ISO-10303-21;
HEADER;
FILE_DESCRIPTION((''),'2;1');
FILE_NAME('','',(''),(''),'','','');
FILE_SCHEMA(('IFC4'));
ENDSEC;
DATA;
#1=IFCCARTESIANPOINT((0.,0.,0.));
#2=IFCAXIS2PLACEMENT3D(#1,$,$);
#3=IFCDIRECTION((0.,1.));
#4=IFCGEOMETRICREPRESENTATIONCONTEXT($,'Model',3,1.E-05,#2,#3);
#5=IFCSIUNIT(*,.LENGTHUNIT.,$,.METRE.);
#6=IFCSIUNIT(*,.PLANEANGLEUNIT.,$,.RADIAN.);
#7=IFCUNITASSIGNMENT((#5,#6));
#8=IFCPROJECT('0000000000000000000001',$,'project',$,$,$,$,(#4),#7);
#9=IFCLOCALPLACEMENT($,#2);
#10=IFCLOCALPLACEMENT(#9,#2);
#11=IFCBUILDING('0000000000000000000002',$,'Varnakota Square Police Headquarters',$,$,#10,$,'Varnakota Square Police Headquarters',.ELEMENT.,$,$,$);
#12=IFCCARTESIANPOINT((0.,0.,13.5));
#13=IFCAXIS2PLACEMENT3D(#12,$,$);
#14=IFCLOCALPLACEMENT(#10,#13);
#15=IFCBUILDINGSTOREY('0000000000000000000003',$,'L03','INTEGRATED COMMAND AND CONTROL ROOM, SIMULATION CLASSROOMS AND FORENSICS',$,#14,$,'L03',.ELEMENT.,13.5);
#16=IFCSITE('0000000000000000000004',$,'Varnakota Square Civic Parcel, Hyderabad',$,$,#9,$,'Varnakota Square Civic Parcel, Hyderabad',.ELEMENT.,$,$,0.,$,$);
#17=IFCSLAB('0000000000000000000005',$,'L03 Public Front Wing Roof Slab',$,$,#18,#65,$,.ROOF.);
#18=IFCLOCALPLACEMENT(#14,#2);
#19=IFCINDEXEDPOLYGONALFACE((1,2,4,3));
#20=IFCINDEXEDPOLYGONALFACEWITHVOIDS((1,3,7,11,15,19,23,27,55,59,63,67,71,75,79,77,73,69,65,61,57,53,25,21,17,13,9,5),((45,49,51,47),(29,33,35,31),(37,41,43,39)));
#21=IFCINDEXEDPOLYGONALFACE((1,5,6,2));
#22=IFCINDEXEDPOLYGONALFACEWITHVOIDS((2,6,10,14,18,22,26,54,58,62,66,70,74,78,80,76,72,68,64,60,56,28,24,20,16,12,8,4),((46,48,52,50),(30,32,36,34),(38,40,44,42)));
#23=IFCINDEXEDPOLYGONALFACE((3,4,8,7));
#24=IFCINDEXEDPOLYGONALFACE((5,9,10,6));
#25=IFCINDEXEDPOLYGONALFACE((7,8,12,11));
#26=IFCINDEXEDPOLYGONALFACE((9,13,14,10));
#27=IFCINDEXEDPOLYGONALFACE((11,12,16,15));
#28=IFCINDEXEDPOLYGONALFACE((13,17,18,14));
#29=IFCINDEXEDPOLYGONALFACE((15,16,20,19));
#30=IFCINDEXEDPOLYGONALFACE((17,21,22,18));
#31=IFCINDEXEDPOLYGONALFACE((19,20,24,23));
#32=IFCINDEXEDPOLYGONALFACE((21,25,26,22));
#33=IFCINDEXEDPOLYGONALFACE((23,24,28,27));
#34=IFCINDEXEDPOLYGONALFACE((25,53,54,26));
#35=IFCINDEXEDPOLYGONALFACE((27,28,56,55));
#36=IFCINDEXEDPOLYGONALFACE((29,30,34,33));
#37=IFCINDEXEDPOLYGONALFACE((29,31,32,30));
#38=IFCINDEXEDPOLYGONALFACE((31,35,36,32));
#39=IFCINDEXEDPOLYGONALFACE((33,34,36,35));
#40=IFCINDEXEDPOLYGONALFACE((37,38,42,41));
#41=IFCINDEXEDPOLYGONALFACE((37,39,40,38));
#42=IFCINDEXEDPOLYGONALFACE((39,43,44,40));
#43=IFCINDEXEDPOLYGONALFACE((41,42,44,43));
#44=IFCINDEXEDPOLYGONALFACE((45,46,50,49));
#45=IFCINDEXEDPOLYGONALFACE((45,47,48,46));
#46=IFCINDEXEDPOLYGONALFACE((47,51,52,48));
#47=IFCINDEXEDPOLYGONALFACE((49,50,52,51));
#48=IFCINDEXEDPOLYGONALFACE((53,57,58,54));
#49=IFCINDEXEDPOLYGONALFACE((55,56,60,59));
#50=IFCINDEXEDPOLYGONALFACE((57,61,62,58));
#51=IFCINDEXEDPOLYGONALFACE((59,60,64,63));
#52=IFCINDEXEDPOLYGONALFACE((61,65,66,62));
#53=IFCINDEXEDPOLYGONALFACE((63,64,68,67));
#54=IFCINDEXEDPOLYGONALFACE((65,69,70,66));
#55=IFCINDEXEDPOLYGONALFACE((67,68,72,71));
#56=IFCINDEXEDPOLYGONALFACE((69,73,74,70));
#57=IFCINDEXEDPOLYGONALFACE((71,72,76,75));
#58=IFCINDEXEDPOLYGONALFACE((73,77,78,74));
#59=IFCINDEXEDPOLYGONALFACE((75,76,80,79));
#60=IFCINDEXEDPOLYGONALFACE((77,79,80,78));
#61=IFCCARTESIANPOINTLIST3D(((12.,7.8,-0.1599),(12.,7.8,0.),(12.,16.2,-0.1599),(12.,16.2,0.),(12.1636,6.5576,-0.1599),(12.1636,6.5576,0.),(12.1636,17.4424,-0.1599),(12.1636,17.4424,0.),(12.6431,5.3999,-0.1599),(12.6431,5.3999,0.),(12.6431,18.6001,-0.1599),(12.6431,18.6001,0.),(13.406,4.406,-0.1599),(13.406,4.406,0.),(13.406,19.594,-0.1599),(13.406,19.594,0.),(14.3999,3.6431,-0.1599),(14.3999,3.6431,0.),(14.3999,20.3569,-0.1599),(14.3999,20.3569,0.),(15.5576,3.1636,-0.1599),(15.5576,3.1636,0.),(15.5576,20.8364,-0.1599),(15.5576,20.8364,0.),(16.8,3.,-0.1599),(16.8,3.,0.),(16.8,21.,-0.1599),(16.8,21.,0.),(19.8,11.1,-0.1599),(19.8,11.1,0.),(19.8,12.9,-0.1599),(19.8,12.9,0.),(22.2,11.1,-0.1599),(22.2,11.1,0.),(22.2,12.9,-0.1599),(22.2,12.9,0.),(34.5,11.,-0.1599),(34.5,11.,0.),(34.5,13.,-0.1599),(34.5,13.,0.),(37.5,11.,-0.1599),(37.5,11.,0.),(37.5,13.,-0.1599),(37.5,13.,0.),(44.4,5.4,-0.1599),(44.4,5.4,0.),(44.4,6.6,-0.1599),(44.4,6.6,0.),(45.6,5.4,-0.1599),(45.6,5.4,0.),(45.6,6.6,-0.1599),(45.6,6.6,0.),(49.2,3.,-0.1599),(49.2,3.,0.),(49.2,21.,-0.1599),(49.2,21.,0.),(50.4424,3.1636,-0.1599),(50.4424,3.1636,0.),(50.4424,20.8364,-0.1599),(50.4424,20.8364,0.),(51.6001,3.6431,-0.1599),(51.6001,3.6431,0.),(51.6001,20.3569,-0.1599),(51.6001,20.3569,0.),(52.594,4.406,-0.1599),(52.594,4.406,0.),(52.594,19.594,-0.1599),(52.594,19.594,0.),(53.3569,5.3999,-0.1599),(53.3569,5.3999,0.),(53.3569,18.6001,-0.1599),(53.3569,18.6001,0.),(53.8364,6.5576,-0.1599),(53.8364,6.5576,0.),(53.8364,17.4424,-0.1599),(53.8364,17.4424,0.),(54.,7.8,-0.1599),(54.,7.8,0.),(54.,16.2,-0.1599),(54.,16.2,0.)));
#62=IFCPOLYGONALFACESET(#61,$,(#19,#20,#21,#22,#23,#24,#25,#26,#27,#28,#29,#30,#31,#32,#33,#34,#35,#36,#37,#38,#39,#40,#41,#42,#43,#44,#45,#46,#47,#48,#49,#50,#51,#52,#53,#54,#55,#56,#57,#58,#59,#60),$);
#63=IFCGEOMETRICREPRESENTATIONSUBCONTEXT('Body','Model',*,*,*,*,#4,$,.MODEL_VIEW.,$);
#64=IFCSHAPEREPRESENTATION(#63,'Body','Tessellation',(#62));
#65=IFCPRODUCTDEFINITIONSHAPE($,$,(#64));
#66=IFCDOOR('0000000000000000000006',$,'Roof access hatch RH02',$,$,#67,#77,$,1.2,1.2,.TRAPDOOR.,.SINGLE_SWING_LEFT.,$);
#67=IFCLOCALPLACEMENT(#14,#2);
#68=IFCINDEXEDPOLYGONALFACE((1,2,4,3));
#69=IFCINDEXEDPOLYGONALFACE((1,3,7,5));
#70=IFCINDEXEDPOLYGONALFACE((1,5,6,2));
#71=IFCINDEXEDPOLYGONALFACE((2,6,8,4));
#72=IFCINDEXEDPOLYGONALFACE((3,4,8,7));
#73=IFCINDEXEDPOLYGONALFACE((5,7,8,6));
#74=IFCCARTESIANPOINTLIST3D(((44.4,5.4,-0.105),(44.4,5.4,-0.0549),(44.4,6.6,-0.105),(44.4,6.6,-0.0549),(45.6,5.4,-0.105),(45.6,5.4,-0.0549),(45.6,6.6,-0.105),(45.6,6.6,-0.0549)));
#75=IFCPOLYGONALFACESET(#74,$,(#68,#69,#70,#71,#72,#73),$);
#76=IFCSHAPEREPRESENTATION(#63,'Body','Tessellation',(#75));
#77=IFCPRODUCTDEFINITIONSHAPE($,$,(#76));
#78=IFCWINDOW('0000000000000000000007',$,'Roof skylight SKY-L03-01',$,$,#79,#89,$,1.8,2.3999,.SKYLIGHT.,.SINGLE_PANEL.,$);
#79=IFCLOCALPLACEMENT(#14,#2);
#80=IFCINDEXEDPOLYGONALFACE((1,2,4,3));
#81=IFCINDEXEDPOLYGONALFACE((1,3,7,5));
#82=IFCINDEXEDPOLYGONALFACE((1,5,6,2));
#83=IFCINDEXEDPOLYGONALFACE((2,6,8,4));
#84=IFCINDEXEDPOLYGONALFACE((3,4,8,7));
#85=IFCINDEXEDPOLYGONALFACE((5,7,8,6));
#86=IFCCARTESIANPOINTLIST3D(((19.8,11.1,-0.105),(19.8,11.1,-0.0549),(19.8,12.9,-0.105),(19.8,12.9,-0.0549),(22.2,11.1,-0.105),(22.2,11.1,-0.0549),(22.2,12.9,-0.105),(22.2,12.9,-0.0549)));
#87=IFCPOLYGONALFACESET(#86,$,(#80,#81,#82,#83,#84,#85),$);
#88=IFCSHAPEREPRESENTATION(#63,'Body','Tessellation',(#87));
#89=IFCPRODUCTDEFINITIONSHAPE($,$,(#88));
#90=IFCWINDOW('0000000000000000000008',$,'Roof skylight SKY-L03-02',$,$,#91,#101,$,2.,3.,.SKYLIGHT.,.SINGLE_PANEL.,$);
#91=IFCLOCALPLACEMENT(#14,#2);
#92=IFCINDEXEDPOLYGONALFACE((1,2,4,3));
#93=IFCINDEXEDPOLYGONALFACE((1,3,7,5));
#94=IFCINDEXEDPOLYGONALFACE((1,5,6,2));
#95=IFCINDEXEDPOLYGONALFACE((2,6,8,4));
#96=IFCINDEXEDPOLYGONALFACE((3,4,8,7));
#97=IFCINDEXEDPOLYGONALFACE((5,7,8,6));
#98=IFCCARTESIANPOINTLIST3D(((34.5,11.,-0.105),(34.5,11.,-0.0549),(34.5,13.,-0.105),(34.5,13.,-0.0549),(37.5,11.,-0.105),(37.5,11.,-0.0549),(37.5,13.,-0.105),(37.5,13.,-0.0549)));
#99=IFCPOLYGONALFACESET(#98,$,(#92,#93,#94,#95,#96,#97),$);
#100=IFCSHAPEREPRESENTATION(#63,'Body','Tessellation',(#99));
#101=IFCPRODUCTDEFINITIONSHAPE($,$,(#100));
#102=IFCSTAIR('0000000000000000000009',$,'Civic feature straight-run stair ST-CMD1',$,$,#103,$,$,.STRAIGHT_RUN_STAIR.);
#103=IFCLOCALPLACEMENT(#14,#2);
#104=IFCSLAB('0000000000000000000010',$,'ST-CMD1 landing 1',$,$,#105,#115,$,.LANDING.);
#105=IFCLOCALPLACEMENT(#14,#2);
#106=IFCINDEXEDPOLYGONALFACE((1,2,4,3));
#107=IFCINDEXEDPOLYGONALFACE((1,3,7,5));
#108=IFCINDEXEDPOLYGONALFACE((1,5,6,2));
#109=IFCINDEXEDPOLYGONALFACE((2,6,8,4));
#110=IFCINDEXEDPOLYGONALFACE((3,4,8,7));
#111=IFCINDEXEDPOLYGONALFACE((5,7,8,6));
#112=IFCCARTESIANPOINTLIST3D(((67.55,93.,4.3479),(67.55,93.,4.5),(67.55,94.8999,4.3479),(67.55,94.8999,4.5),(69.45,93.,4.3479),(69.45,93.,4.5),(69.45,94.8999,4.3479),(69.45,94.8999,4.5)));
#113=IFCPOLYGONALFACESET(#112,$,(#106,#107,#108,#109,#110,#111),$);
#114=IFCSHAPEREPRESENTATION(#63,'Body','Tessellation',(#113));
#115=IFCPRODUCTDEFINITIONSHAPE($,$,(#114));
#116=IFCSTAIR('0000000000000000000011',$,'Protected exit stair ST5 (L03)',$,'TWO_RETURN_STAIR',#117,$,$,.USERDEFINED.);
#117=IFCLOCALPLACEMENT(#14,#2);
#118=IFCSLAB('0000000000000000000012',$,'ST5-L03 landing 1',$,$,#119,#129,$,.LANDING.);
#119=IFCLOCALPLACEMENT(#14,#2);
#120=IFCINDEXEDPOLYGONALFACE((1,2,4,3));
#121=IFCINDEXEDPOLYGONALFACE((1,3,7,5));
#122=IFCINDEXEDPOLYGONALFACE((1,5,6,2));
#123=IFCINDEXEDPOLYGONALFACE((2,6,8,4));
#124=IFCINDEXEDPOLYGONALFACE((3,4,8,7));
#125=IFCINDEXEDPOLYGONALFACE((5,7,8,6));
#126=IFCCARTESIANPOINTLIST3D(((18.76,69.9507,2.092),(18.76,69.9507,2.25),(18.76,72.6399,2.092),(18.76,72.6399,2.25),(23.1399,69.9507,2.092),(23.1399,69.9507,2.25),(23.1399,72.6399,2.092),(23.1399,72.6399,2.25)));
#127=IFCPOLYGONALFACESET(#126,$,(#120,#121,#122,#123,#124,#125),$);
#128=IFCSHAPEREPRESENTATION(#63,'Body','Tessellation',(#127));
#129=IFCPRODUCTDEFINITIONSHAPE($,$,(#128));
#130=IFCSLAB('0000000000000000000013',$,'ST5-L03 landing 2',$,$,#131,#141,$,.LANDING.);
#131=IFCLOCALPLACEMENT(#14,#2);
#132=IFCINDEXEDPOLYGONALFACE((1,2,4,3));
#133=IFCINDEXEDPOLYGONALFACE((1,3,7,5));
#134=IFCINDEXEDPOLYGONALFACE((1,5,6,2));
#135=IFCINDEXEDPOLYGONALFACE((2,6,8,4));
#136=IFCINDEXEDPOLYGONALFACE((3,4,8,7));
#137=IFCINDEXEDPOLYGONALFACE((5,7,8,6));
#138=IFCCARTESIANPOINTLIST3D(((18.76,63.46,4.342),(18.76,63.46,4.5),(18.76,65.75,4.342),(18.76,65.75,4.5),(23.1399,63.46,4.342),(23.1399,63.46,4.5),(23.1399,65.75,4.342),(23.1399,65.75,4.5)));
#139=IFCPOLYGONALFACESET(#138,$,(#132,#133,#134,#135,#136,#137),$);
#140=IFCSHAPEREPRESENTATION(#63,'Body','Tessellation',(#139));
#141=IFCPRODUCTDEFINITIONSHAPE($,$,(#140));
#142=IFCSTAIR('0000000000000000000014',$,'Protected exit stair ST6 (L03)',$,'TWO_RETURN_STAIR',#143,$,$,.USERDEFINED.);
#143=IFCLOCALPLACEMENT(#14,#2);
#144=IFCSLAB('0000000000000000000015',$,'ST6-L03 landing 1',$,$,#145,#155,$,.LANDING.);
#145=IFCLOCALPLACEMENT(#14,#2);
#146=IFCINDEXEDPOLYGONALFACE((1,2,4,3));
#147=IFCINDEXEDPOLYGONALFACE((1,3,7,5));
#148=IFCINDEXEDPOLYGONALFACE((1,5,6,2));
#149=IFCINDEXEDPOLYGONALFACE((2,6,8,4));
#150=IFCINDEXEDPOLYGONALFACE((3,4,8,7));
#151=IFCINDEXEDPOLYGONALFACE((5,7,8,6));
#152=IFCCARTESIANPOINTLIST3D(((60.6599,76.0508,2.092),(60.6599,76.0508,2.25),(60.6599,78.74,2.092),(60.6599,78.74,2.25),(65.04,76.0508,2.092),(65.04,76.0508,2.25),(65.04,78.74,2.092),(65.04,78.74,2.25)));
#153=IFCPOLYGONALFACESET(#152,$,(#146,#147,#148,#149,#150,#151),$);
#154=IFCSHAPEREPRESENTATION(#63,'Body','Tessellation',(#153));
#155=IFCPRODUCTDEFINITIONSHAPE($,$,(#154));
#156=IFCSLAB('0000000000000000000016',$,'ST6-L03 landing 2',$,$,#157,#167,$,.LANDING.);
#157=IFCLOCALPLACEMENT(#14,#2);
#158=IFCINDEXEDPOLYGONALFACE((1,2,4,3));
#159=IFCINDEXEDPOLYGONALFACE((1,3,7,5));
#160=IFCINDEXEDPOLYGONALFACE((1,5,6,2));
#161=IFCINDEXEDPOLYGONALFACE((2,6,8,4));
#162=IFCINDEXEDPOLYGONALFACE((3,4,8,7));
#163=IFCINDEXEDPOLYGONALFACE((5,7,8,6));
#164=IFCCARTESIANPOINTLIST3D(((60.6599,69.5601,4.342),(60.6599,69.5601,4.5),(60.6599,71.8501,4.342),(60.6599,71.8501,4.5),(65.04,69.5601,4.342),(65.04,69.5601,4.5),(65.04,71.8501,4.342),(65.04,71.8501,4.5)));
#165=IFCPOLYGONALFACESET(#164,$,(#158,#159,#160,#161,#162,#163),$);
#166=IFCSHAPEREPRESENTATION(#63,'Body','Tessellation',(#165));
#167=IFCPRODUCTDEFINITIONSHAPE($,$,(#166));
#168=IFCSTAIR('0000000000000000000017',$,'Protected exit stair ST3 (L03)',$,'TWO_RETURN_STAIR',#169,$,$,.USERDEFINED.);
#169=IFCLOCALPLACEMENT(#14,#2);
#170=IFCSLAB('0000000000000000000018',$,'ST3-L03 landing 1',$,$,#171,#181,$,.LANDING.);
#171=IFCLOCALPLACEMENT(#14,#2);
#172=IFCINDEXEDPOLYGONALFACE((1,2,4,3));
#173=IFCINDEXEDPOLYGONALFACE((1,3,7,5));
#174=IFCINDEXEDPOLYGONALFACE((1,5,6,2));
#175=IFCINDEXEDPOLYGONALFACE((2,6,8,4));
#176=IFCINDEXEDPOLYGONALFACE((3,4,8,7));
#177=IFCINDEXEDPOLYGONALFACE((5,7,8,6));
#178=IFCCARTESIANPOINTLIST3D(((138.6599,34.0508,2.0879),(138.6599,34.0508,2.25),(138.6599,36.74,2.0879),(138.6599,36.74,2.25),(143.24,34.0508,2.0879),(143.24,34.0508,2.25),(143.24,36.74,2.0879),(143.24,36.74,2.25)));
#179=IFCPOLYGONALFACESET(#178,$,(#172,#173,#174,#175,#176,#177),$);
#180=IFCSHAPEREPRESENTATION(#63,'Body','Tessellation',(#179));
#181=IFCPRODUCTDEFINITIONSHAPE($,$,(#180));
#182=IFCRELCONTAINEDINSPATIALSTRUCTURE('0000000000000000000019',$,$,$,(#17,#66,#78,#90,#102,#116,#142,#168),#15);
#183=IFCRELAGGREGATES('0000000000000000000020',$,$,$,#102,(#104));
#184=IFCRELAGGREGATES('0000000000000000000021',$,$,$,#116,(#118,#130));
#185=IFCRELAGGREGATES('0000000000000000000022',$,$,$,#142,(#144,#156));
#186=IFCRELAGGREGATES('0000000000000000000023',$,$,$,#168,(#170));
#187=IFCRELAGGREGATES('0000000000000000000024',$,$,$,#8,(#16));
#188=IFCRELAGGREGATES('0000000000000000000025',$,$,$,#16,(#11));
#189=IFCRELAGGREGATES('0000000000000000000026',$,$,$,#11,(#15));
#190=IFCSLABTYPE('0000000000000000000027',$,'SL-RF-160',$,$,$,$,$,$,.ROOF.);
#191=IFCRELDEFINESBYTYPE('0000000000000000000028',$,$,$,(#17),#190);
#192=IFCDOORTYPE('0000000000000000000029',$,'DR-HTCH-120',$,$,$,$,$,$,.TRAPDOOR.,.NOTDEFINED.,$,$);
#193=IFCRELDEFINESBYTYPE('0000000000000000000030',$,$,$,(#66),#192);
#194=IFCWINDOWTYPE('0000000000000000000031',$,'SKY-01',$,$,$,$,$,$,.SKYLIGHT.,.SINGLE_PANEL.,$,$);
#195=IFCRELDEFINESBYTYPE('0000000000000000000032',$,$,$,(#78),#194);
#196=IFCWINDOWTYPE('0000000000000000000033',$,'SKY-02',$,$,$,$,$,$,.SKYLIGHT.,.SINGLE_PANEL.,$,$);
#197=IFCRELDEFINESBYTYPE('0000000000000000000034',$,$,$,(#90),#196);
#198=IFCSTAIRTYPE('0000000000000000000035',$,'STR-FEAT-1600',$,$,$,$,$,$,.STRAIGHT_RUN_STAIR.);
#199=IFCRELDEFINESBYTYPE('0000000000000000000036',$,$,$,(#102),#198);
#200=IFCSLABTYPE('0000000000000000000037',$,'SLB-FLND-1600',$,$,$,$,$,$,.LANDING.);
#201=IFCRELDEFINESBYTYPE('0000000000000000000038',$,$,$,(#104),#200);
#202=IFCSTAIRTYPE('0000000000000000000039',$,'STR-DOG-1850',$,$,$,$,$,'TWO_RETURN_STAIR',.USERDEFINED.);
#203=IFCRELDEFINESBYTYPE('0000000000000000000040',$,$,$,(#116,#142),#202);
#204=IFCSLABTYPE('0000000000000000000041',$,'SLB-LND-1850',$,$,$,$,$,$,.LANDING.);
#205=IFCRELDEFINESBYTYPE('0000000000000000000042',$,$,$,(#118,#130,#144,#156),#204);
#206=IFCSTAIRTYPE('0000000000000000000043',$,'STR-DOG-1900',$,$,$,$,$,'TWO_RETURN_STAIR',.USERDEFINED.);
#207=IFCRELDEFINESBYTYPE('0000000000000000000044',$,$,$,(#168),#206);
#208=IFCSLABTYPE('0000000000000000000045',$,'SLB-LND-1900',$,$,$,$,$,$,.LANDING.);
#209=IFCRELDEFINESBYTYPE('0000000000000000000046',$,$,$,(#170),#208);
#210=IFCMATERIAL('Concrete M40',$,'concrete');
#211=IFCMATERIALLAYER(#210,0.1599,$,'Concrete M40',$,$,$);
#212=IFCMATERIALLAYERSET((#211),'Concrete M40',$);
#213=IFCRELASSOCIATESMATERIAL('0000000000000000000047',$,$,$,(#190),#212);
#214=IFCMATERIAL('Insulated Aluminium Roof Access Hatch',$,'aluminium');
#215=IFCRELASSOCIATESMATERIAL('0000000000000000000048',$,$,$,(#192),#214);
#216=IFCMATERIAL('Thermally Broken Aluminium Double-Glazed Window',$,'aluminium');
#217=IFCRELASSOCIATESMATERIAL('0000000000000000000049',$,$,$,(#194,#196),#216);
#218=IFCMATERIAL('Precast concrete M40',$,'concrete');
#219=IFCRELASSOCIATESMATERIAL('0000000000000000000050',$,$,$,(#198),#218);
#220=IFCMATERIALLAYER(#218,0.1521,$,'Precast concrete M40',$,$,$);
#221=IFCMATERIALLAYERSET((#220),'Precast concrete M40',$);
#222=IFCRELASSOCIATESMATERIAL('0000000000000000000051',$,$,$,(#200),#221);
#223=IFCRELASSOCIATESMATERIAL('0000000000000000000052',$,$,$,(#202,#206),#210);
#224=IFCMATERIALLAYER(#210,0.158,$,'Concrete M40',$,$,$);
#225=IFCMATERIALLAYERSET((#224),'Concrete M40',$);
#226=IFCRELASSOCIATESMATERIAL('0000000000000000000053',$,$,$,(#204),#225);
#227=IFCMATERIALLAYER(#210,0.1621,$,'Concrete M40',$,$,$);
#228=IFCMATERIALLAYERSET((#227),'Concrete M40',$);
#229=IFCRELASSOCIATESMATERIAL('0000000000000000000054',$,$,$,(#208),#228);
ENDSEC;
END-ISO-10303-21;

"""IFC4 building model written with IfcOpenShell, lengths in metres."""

from ifc_helpers import new_model, si_unit, direction, frame, origin, origin_2d, place, context, subcontext, project, spatial, polyline, rectangle, outline, extrude, material, layer, layer_set, type_object, element, fill, aggregate, save


model = new_model("IFC4")

# Units and contexts
model_context = context("Model", 3, precision=1e-05, world=origin(), true_north=direction((0.0, 1.0)))
body_context = subcontext(model_context, "Body", "Model", "MODEL_VIEW")
ifc_project = project(units=[si_unit("LENGTHUNIT", "METRE"), si_unit("PLANEANGLEUNIT", "RADIAN")], contexts=[model_context])

# Site, building, storey
site_placement = place(None, origin())
site = spatial("IfcSite", under=ifc_project, at=site_placement, Name="Varnakota Square Civic Parcel, Hyderabad", LongName="Varnakota Square Civic Parcel, Hyderabad", CompositionType="ELEMENT", RefElevation=0.0)
building_placement = place(site_placement, origin())
building = spatial("IfcBuilding", under=site, at=building_placement, Name="Varnakota Square Police Headquarters", LongName="Varnakota Square Police Headquarters", CompositionType="ELEMENT")
storey_placement = place(building_placement, frame((0.0, 0.0, 13.5)))
storey = spatial("IfcBuildingStorey", under=building, at=storey_placement, Name="L03", Description="INTEGRATED COMMAND AND CONTROL ROOM, SIMULATION CLASSROOMS AND FORENSICS", LongName="L03", CompositionType="ELEMENT", Elevation=13.5)

# Shared definitions
ifc_material_1 = material(Name="Concrete M40", Category="concrete")

# Slab, openings, door, windows
ifc_layer_1 = layer(ifc_material_1, 0.1599, Name="Concrete M40")
ifc_layer_set_1 = layer_set([ifc_layer_1], Name="Concrete M40")
slab_type_1 = type_object("IfcSlabType", Name="SL-RF-160", PredefinedType="ROOF", material=ifc_layer_set_1)
slab_1_placement = place(storey_placement, frame((0.0, 0.0, -0.1599)))
slab_1 = element("IfcSlab", 1, at=slab_1_placement, inside=storey, type_object=slab_type_1, Name="L03 Public Front Wing Roof Slab", PredefinedType="ROOF", context=body_context, shape_type="SweptSolid", body=[
    extrude(outline(polyline([(12.0, 7.8), (12.1636, 6.5576), (12.6431, 5.3999), (13.406, 4.406), (14.3999, 3.6431), (15.5576, 3.1636), (16.8, 3.0), (49.2, 3.0), (50.4424, 3.1636), (51.6001, 3.6431), (52.594, 4.406), (53.3569, 5.3999), (53.8364, 6.5576), (54.0, 7.8), (54.0, 16.2), (53.8364, 17.4424), (53.3569, 18.6001), (52.594, 19.594), (51.6001, 20.3569), (50.4424, 20.8364), (49.2, 21.0), (16.8, 21.0), (15.5576, 20.8364), (14.3999, 20.3569), (13.406, 19.594), (12.6431, 18.6001), (12.1636, 17.4424), (12.0, 16.2), (12.0, 7.8)])), origin(), (0.0, 0.0, 1.0), 0.1599),
])
opening_1_placement = place(slab_1_placement, frame((21.0, 12.0, -0.01)))
opening_1 = element("IfcOpeningElement", 2, at=opening_1_placement, cuts=slab_1, PredefinedType="OPENING", context=body_context, shape_type="SweptSolid", body=[
    extrude(rectangle(XDim=2.3999, YDim=1.8, at=origin_2d()), origin(), (0.0, 0.0, 1.0), 0.1799),
])
opening_2_placement = place(slab_1_placement, frame((36.0, 12.0, -0.01)))
opening_2 = element("IfcOpeningElement", 3, at=opening_2_placement, cuts=slab_1, PredefinedType="OPENING", context=body_context, shape_type="SweptSolid", body=[
    extrude(rectangle(XDim=3.0, YDim=2.0, at=origin_2d()), origin(), (0.0, 0.0, 1.0), 0.1799),
])
opening_3_placement = place(slab_1_placement, frame((45.0, 6.0, -0.01)))
opening_3 = element("IfcOpeningElement", 4, at=opening_3_placement, cuts=slab_1, PredefinedType="OPENING", context=body_context, shape_type="SweptSolid", body=[
    extrude(rectangle(XDim=1.2, YDim=1.2, at=origin_2d()), origin(), (0.0, 0.0, 1.0), 0.1799),
])
ifc_material_2 = material(Name="Insulated Aluminium Roof Access Hatch", Category="aluminium")
door_type = type_object("IfcDoorType", Name="DR-HTCH-120", OperationType="NOTDEFINED", PredefinedType="TRAPDOOR", material=ifc_material_2)
door_placement = place(opening_3_placement, frame((0.0, 0.0, 0.0649)))
door = element("IfcDoor", 5, at=door_placement, inside=storey, type_object=door_type, Name="Roof access hatch RH02", OperationType="SINGLE_SWING_LEFT", OverallHeight=1.2, OverallWidth=1.2, PredefinedType="TRAPDOOR", context=body_context, shape_type="SweptSolid", body=[
    extrude(rectangle(XDim=1.2, YDim=1.2, at=origin_2d()), origin(), (0.0, 0.0, 1.0), 0.05),
])
fill(opening_3, door)
ifc_material_3 = material(Name="Thermally Broken Aluminium Double-Glazed Window", Category="aluminium")
window_type_1 = type_object("IfcWindowType", Name="SKY-01", PartitioningType="SINGLE_PANEL", PredefinedType="SKYLIGHT", material=ifc_material_3)
window_1_placement = place(opening_1_placement, frame((0.0, 0.0, 0.0649)))
window_1 = element("IfcWindow", 6, at=window_1_placement, inside=storey, type_object=window_type_1, Name="Roof skylight SKY-L03-01", OverallHeight=1.8, OverallWidth=2.3999, PartitioningType="SINGLE_PANEL", PredefinedType="SKYLIGHT", context=body_context, shape_type="SweptSolid", body=[
    extrude(rectangle(XDim=2.3999, YDim=1.8, at=origin_2d()), origin(), (0.0, 0.0, 1.0), 0.05),
])
fill(opening_1, window_1)
window_type_2 = type_object("IfcWindowType", Name="SKY-02", PartitioningType="SINGLE_PANEL", PredefinedType="SKYLIGHT", material=ifc_material_3)
window_2_placement = place(opening_2_placement, frame((0.0, 0.0, 0.0649)))
window_2 = element("IfcWindow", 7, at=window_2_placement, inside=storey, type_object=window_type_2, Name="Roof skylight SKY-L03-02", OverallHeight=2.0, OverallWidth=3.0, PartitioningType="SINGLE_PANEL", PredefinedType="SKYLIGHT", context=body_context, shape_type="SweptSolid", body=[
    extrude(rectangle(XDim=3.0, YDim=2.0, at=origin_2d()), origin(), (0.0, 0.0, 1.0), 0.05),
])
fill(opening_2, window_2)

# Stair, slab
ifc_material_4 = material(Name="Precast concrete M40", Category="concrete")
stair_type_1 = type_object("IfcStairType", Name="STR-FEAT-1600", PredefinedType="STRAIGHT_RUN_STAIR", material=ifc_material_4)
stair_1_placement = place(storey_placement, origin())
stair_1 = element("IfcStair", 8, at=stair_1_placement, inside=storey, type_object=stair_type_1, Name="Civic feature straight-run stair ST-CMD1", PredefinedType="STRAIGHT_RUN_STAIR")
ifc_layer_2 = layer(ifc_material_4, 0.1521, Name="Precast concrete M40")
ifc_layer_set_2 = layer_set([ifc_layer_2], Name="Precast concrete M40")
slab_type_2 = type_object("IfcSlabType", Name="SLB-FLND-1600", PredefinedType="LANDING", material=ifc_layer_set_2)
slab_2_placement = place(storey_placement, frame((0.0, 0.0, 4.3479)))
slab_2 = element("IfcSlab", 9, at=slab_2_placement, type_object=slab_type_2, Name="ST-CMD1 landing 1", PredefinedType="LANDING", context=body_context, shape_type="SweptSolid", body=[
    extrude(outline(polyline([(67.55, 93.0), (69.45, 93.0), (69.45, 94.8999), (67.55, 94.8999), (67.55, 93.0)])), origin(), (0.0, 0.0, 1.0), 0.1521),
])
aggregate(stair_1, [slab_2])

# Stairs, slabs
stair_type_2 = type_object("IfcStairType", Name="STR-DOG-1850", ElementType="TWO_RETURN_STAIR", PredefinedType="USERDEFINED", material=ifc_material_1)
stair_2_placement = place(storey_placement, origin())
stair_2 = element("IfcStair", 10, at=stair_2_placement, inside=storey, type_object=stair_type_2, Name="Protected exit stair ST5 (L03)", ObjectType="TWO_RETURN_STAIR", PredefinedType="USERDEFINED")
ifc_layer_3 = layer(ifc_material_1, 0.158, Name="Concrete M40")
ifc_layer_set_3 = layer_set([ifc_layer_3], Name="Concrete M40")
slab_type_3 = type_object("IfcSlabType", Name="SLB-LND-1850", PredefinedType="LANDING", material=ifc_layer_set_3)
slab_3_placement = place(storey_placement, frame((0.0, 0.0, 2.092)))
slab_3 = element("IfcSlab", 11, at=slab_3_placement, type_object=slab_type_3, Name="ST5-L03 landing 1", PredefinedType="LANDING", context=body_context, shape_type="SweptSolid", body=[
    extrude(outline(polyline([(18.76, 69.9507), (23.1399, 69.9507), (23.1399, 72.6399), (18.76, 72.6399), (18.76, 69.9507)])), origin(), (0.0, 0.0, 1.0), 0.158),
])
slab_4_placement = place(storey_placement, frame((0.0, 0.0, 4.342)))
slab_4 = element("IfcSlab", 12, at=slab_4_placement, type_object=slab_type_3, Name="ST5-L03 landing 2", PredefinedType="LANDING", context=body_context, shape_type="SweptSolid", body=[
    extrude(outline(polyline([(18.76, 63.46), (23.1399, 63.46), (23.1399, 65.75), (18.76, 65.75), (18.76, 63.46)])), origin(), (0.0, 0.0, 1.0), 0.158),
])
aggregate(stair_2, [slab_3, slab_4])
stair_3_placement = place(storey_placement, origin())
stair_3 = element("IfcStair", 13, at=stair_3_placement, inside=storey, type_object=stair_type_2, Name="Protected exit stair ST6 (L03)", ObjectType="TWO_RETURN_STAIR", PredefinedType="USERDEFINED")
slab_5_placement = place(storey_placement, frame((0.0, 0.0, 2.092)))
slab_5 = element("IfcSlab", 14, at=slab_5_placement, type_object=slab_type_3, Name="ST6-L03 landing 1", PredefinedType="LANDING", context=body_context, shape_type="SweptSolid", body=[
    extrude(outline(polyline([(60.6599, 76.0508), (65.04, 76.0508), (65.04, 78.74), (60.6599, 78.74), (60.6599, 76.0508)])), origin(), (0.0, 0.0, 1.0), 0.158),
])
slab_6_placement = place(storey_placement, frame((0.0, 0.0, 4.342)))
slab_6 = element("IfcSlab", 15, at=slab_6_placement, type_object=slab_type_3, Name="ST6-L03 landing 2", PredefinedType="LANDING", context=body_context, shape_type="SweptSolid", body=[
    extrude(outline(polyline([(60.6599, 69.5601), (65.04, 69.5601), (65.04, 71.8501), (60.6599, 71.8501), (60.6599, 69.5601)])), origin(), (0.0, 0.0, 1.0), 0.158),
])
aggregate(stair_3, [slab_5, slab_6])
stair_type_3 = type_object("IfcStairType", Name="STR-DOG-1900", ElementType="TWO_RETURN_STAIR", PredefinedType="USERDEFINED", material=ifc_material_1)
stair_4_placement = place(storey_placement, origin())
stair_4 = element("IfcStair", 16, at=stair_4_placement, inside=storey, type_object=stair_type_3, Name="Protected exit stair ST3 (L03)", ObjectType="TWO_RETURN_STAIR", PredefinedType="USERDEFINED")
ifc_layer_4 = layer(ifc_material_1, 0.1621, Name="Concrete M40")
ifc_layer_set_4 = layer_set([ifc_layer_4], Name="Concrete M40")
slab_type_4 = type_object("IfcSlabType", Name="SLB-LND-1900", PredefinedType="LANDING", material=ifc_layer_set_4)
slab_7_placement = place(storey_placement, frame((0.0, 0.0, 2.0879)))
slab_7 = element("IfcSlab", 17, at=slab_7_placement, type_object=slab_type_4, Name="ST3-L03 landing 1", PredefinedType="LANDING", context=body_context, shape_type="SweptSolid", body=[
    extrude(outline(polyline([(138.6599, 34.0508), (143.24, 34.0508), (143.24, 36.74), (138.6599, 36.74), (138.6599, 34.0508)])), origin(), (0.0, 0.0, 1.0), 0.1621),
])
aggregate(stair_4, [slab_7])

save(model, "model.ifc")
